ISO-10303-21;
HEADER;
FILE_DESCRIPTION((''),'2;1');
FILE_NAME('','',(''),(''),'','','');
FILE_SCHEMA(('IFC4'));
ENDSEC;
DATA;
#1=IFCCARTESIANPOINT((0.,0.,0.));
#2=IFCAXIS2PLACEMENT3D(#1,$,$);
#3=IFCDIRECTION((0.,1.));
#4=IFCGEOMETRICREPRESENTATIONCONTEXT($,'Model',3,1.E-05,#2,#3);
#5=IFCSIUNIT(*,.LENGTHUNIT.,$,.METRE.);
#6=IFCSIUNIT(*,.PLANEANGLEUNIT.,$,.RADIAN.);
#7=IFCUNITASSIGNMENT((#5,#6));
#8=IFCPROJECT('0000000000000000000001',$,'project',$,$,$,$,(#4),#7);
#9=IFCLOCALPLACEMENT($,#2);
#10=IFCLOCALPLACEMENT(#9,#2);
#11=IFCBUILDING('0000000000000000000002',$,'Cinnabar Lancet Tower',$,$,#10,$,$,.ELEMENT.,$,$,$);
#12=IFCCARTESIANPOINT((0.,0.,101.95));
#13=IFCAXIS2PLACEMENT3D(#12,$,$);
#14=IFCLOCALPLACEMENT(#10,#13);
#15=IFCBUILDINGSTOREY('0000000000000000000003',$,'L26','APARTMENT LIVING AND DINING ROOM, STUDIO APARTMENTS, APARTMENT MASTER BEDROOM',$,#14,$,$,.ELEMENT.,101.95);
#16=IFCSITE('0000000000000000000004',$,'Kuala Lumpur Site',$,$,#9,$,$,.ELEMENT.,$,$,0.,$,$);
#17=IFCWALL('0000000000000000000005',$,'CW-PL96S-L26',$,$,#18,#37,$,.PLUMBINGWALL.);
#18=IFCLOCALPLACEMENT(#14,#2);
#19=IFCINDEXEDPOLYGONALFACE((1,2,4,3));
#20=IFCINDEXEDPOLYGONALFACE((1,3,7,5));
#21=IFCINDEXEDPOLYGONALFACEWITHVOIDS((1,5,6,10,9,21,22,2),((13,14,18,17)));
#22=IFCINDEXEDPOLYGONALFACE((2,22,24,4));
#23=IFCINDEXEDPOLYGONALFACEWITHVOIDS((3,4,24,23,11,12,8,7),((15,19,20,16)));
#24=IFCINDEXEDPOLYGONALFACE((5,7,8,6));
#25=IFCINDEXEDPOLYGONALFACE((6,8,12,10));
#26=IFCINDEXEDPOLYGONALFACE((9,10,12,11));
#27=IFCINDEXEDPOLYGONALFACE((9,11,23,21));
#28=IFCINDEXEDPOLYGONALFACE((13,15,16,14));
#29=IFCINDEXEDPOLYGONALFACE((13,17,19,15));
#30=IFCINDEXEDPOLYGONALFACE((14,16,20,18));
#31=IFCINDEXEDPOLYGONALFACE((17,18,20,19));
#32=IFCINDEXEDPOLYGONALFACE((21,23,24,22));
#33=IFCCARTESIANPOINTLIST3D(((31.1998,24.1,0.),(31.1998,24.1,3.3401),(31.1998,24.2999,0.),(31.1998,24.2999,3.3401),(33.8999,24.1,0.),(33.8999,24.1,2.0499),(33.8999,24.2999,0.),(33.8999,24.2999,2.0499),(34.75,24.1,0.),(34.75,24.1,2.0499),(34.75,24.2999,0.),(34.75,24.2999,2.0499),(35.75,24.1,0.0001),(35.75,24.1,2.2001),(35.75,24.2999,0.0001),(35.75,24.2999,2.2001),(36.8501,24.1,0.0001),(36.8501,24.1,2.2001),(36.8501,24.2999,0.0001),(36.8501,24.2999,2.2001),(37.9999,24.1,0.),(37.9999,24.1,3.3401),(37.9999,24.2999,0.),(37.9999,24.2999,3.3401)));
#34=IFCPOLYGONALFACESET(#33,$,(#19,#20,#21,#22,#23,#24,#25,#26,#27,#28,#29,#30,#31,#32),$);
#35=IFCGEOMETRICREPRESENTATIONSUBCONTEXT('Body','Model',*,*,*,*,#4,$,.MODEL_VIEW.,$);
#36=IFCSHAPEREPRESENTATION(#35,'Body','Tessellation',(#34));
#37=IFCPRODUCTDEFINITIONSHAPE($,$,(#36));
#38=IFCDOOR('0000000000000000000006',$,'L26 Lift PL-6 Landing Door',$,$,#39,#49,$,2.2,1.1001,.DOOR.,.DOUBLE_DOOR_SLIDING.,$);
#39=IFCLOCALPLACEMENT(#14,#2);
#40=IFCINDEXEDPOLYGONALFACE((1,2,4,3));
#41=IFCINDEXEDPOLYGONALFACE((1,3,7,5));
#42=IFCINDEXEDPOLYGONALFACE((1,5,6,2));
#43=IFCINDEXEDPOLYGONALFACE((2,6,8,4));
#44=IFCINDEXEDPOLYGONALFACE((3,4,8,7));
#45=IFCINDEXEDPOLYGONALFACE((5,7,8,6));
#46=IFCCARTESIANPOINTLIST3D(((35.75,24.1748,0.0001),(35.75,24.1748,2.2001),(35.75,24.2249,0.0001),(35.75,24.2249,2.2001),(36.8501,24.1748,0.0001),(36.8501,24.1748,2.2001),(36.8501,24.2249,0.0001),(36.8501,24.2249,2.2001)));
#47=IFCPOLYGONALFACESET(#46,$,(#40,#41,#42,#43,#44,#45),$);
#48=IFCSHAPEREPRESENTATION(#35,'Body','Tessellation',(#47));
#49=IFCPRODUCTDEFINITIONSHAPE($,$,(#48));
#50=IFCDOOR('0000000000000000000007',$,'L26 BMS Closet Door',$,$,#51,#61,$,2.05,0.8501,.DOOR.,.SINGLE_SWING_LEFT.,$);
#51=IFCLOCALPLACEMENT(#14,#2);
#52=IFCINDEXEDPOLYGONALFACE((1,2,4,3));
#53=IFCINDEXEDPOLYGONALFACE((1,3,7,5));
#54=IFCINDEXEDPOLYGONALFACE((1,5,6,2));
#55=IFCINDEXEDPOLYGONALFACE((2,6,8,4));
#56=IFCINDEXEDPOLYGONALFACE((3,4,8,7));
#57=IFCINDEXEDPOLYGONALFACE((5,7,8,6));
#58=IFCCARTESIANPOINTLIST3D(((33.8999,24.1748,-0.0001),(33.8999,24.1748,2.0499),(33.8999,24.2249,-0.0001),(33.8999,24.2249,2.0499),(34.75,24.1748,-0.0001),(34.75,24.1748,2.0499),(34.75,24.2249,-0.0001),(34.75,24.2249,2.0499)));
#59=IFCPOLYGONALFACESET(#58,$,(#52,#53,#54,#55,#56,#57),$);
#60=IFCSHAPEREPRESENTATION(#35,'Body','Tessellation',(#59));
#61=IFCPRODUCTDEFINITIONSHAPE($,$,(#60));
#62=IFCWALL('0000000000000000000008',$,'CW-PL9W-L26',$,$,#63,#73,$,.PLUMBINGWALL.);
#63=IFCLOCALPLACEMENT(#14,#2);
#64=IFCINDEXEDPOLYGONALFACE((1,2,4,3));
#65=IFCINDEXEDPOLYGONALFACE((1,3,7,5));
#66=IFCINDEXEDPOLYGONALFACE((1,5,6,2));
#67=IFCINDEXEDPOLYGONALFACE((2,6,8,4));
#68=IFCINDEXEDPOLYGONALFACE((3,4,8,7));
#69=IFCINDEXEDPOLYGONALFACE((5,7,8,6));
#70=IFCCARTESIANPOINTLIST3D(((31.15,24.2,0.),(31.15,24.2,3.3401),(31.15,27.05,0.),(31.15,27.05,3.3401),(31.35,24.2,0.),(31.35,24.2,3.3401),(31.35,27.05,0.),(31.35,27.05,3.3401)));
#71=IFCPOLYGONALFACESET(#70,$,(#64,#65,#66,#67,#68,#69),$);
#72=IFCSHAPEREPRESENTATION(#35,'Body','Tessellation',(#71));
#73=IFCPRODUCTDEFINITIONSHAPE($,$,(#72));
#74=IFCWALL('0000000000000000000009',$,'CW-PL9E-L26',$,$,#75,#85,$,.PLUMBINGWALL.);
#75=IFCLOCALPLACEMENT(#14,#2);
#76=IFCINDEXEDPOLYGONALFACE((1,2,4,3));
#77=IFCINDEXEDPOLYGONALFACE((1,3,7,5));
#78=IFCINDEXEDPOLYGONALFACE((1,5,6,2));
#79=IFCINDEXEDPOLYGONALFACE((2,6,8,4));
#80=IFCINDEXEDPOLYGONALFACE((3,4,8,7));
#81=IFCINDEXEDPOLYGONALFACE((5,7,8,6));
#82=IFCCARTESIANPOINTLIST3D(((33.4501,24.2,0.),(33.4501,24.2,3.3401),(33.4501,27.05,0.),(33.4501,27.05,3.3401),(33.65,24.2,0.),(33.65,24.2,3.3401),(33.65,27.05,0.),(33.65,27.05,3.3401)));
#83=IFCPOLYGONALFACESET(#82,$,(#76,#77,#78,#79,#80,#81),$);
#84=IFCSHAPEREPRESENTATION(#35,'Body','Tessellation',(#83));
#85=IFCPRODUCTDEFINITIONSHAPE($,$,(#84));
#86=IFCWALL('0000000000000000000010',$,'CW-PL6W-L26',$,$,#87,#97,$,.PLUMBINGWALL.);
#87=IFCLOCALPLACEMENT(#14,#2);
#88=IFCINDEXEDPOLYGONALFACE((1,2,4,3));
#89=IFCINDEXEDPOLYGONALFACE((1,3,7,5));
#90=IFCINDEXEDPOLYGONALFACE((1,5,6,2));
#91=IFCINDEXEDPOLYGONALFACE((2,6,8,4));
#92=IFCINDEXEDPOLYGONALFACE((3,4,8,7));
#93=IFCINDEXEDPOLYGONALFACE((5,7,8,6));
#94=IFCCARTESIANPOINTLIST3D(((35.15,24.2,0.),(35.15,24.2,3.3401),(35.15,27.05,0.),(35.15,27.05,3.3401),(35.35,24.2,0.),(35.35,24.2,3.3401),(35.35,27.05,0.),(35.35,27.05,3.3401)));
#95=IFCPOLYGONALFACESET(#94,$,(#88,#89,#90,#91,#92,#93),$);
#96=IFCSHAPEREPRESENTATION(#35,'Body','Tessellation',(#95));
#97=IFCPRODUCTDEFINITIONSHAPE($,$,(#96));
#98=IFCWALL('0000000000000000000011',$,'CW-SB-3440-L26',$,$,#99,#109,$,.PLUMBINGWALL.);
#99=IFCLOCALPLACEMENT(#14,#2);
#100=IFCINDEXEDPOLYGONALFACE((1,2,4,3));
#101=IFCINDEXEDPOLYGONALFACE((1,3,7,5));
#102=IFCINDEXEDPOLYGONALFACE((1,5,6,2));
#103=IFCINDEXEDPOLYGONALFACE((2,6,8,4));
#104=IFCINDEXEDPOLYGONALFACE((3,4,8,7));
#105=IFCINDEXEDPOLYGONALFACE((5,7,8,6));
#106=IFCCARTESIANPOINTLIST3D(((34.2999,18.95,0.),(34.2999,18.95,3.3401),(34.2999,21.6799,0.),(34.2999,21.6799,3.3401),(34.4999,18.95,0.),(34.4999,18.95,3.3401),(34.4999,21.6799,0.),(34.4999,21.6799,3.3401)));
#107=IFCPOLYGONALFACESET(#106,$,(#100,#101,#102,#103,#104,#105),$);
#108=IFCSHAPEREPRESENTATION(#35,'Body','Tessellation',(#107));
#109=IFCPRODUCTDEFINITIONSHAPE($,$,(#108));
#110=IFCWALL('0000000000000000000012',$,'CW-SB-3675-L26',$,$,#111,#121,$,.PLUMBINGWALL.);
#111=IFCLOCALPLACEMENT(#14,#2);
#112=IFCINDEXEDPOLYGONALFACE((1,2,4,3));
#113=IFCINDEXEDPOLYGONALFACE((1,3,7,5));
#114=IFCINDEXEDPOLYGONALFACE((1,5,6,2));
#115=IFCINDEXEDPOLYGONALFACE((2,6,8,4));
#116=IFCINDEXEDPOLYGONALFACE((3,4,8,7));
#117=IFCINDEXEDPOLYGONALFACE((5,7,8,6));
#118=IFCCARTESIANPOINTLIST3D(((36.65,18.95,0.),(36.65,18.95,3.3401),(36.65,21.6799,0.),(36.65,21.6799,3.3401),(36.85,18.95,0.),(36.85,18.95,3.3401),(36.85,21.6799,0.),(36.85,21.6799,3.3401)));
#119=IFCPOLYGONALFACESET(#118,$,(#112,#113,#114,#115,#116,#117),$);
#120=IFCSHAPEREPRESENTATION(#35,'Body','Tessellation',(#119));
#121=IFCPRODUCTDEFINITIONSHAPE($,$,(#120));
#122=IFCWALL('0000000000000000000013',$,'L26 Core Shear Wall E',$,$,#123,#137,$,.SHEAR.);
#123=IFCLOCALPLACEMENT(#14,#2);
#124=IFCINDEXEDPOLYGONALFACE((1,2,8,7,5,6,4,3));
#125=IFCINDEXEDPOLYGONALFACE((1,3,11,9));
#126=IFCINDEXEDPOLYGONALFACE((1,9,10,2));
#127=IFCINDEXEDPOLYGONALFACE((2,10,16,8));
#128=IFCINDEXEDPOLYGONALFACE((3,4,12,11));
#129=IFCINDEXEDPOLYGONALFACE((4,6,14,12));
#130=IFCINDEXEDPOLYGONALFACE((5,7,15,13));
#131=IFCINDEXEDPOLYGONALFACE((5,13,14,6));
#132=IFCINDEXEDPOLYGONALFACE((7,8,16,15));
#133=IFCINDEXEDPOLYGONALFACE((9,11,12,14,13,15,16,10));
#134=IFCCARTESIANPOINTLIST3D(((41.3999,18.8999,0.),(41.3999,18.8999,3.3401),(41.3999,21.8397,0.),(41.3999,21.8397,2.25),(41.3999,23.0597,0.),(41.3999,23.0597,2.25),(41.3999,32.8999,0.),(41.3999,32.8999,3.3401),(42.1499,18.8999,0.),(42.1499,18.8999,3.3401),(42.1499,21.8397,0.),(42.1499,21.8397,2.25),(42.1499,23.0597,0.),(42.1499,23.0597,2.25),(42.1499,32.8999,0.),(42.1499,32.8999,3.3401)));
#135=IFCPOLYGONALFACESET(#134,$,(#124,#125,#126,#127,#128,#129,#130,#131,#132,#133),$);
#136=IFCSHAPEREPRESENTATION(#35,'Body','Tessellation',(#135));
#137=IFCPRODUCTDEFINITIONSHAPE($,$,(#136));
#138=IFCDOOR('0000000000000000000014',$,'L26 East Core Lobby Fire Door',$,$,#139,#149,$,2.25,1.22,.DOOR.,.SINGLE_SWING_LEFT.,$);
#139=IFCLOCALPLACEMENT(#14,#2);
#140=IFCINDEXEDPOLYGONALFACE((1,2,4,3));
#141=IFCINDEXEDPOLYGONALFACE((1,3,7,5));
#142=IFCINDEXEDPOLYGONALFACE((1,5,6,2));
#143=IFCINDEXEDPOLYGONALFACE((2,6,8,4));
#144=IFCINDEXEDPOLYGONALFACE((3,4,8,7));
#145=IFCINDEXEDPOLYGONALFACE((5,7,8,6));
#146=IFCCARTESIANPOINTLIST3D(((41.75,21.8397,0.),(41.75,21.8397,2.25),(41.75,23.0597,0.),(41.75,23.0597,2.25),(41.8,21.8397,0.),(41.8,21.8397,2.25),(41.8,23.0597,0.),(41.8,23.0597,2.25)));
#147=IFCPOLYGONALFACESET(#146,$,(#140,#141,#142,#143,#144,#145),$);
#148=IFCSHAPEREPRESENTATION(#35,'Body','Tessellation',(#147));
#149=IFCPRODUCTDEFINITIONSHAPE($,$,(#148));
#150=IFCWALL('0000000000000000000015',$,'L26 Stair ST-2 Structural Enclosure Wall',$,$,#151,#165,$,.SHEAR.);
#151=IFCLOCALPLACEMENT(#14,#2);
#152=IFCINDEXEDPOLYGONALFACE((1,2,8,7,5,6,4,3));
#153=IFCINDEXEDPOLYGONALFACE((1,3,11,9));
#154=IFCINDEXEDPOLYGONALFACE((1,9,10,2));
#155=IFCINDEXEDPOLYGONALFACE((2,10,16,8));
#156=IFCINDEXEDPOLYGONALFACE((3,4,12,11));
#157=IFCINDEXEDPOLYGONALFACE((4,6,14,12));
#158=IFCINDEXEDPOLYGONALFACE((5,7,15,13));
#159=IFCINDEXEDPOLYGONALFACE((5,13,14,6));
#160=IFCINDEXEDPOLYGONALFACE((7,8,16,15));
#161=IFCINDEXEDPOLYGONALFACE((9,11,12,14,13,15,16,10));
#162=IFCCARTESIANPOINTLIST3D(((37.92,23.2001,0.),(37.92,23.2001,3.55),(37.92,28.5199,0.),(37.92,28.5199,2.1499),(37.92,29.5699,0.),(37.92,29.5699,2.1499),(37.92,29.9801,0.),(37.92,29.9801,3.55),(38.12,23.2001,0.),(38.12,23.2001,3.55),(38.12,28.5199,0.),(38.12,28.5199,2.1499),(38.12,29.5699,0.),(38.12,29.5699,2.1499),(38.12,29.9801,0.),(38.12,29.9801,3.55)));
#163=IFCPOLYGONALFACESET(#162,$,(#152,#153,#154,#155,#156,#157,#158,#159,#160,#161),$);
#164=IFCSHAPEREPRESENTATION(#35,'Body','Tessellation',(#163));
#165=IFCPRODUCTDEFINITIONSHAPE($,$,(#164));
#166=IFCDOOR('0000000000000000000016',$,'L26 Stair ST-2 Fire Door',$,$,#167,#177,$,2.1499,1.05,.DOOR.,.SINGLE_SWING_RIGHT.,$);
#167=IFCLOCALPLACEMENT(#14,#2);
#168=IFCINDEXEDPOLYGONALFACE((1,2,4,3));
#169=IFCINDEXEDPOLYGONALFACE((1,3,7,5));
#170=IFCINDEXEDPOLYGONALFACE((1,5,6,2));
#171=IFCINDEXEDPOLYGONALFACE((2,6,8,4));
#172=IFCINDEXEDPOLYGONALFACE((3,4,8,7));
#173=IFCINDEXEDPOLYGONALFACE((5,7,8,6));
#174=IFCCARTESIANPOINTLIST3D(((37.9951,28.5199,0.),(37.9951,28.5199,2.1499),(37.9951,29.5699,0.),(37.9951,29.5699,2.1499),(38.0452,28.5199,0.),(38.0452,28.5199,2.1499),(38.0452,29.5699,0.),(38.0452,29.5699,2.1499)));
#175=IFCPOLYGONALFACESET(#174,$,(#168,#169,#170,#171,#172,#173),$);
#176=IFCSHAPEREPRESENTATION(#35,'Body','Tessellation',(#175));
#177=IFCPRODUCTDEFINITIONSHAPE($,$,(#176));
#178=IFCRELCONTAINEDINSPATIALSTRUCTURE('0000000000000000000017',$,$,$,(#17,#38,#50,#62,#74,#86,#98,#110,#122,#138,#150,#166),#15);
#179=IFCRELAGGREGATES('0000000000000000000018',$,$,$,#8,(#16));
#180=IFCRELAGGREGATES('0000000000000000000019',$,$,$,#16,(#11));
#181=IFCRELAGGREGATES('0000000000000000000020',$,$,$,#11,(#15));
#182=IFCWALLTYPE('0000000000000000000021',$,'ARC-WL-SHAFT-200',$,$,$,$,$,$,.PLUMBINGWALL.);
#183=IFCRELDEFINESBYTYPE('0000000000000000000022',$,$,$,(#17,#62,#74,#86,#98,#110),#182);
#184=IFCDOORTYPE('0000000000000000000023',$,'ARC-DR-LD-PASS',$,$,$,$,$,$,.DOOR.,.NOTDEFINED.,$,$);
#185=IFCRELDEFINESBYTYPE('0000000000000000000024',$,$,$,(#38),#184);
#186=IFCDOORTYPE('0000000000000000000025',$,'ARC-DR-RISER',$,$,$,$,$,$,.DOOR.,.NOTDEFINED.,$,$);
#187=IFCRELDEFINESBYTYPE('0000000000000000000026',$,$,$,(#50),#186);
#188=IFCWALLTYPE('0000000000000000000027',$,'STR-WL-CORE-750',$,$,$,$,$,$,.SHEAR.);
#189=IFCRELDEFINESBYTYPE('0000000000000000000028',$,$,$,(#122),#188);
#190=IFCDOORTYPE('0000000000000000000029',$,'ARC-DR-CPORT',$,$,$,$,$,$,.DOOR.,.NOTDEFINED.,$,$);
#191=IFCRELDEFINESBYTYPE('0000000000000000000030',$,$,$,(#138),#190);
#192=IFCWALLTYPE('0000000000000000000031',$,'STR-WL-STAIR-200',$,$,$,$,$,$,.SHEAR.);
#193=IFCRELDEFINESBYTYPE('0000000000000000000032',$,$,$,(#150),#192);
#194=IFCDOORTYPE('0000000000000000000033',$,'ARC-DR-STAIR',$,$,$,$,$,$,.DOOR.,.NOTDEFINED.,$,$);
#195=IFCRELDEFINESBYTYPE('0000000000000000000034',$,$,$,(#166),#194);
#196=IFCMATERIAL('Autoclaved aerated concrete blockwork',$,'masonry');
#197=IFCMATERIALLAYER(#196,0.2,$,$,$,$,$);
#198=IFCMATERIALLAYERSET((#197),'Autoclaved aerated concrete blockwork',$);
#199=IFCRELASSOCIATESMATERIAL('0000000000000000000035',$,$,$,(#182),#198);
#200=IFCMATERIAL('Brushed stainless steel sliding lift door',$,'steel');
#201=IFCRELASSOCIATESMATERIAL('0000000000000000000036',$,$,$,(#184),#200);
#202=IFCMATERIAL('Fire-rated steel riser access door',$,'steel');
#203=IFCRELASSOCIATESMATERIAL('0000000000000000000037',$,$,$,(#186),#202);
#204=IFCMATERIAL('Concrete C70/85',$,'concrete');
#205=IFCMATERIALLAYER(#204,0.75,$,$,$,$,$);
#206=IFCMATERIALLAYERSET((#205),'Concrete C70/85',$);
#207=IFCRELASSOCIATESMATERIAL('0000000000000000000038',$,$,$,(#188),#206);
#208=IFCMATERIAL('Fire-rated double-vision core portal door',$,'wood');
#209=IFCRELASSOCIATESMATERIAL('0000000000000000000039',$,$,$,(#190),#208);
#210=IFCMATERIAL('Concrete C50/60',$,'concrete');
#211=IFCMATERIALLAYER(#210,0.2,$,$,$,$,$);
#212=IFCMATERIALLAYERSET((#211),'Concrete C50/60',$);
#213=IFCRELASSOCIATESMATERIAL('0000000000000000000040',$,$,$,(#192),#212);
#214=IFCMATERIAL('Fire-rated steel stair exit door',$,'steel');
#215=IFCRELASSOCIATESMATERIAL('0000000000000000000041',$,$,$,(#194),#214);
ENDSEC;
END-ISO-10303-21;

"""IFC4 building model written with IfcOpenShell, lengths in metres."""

from ifc_helpers import new_model, si_unit, direction, frame, frame_2d, origin, place, context, subcontext, project, spatial, rectangle, extrude, material, layer, layer_set, type_object, element, fill, save


model = new_model("IFC4")

# Units and contexts
model_context = context("Model", 3, precision=1e-05, world=origin(), true_north=direction((0.0, 1.0)))
body_context = subcontext(model_context, "Body", "Model", "MODEL_VIEW")
ifc_project = project(units=[si_unit("LENGTHUNIT", "METRE"), si_unit("PLANEANGLEUNIT", "RADIAN")], contexts=[model_context])

# Site, building, storey
site_placement = place(None, origin())
site = spatial("IfcSite", under=ifc_project, at=site_placement, Name="Kuala Lumpur Site", CompositionType="ELEMENT", RefElevation=0.0)
building_placement = place(site_placement, origin())
building = spatial("IfcBuilding", under=site, at=building_placement, Name="Cinnabar Lancet Tower", CompositionType="ELEMENT")
storey_placement = place(building_placement, frame((0.0, 0.0, 101.95)))
storey = spatial("IfcBuildingStorey", under=building, at=storey_placement, Name="L26", Description="APARTMENT LIVING AND DINING ROOM, STUDIO APARTMENTS, APARTMENT MASTER BEDROOM", CompositionType="ELEMENT", Elevation=101.95)

# Shared definitions
ifc_material_1 = material(Name="Autoclaved aerated concrete blockwork", Category="masonry")
ifc_layer_1 = layer(ifc_material_1, 0.2)
ifc_layer_set_1 = layer_set([ifc_layer_1], Name="Autoclaved aerated concrete blockwork")
wall_type_1 = type_object("IfcWallType", Name="ARC-WL-SHAFT-200", PredefinedType="PLUMBINGWALL", material=ifc_layer_set_1)

# Wall, openings, doors
wall_1_placement = place(storey_placement, frame((31.2, 24.2, 0.0), z_axis=(0.0, 0.0, 1.0), x_axis=(1.0, 0.0, 0.0)))
wall_1 = element("IfcWall", 1, at=wall_1_placement, inside=storey, type_object=wall_type_1, Name="CW-PL96S-L26", PredefinedType="PLUMBINGWALL", context=body_context, shape_type="SweptSolid", body=[
    extrude(rectangle(XDim=6.8, YDim=0.2, at=frame_2d((3.3999, 0.0))), origin(), (0.0, 0.0, 1.0), 3.3401),
])
opening_1_placement = place(wall_1_placement, frame((2.7, 0.0, 0.0)))
opening_1 = element("IfcOpeningElement", 2, at=opening_1_placement, cuts=wall_1, PredefinedType="OPENING", context=body_context, shape_type="SweptSolid", body=[
    extrude(rectangle(XDim=0.8501, YDim=2.05, at=frame_2d((0.425, 1.0249))), frame((0.0, 0.1099, 0.0), z_axis=(0.0, -1.0, 0.0), x_axis=(1.0, 0.0, 0.0)), (0.0, 0.0, 1.0), 0.22),
])
opening_2_placement = place(wall_1_placement, frame((4.55, 0.0, 0.0)))
opening_2 = element("IfcOpeningElement", 3, at=opening_2_placement, cuts=wall_1, PredefinedType="OPENING", context=body_context, shape_type="SweptSolid", body=[
    extrude(rectangle(XDim=1.1001, YDim=2.2, at=frame_2d((0.55, 1.1001))), frame((0.0, 0.1099, 0.0), z_axis=(0.0, -1.0, 0.0), x_axis=(1.0, 0.0, 0.0)), (0.0, 0.0, 1.0), 0.22),
])
ifc_material_2 = material(Name="Brushed stainless steel sliding lift door", Category="steel")
door_type_1 = type_object("IfcDoorType", Name="ARC-DR-LD-PASS", OperationType="NOTDEFINED", PredefinedType="DOOR", material=ifc_material_2)
door_1_placement = place(opening_2_placement, origin())
door_1 = element("IfcDoor", 4, at=door_1_placement, inside=storey, type_object=door_type_1, Name="L26 Lift PL-6 Landing Door", OperationType="DOUBLE_DOOR_SLIDING", OverallHeight=2.2, OverallWidth=1.1001, PredefinedType="DOOR", context=body_context, shape_type="SweptSolid", body=[
    extrude(rectangle(XDim=1.1001, YDim=2.2, at=frame_2d((0.55, 1.1001))), frame((0.0, 0.0249, 0.0), z_axis=(0.0, -1.0, 0.0), x_axis=(1.0, 0.0, 0.0)), (0.0, 0.0, 1.0), 0.05),
])
fill(opening_2, door_1)
ifc_material_3 = material(Name="Fire-rated steel riser access door", Category="steel")
door_type_2 = type_object("IfcDoorType", Name="ARC-DR-RISER", OperationType="NOTDEFINED", PredefinedType="DOOR", material=ifc_material_3)
door_2_placement = place(opening_1_placement, origin())
door_2 = element("IfcDoor", 5, at=door_2_placement, inside=storey, type_object=door_type_2, Name="L26 BMS Closet Door", OperationType="SINGLE_SWING_LEFT", OverallHeight=2.05, OverallWidth=0.8501, PredefinedType="DOOR", context=body_context, shape_type="SweptSolid", body=[
    extrude(rectangle(XDim=0.8501, YDim=2.05, at=frame_2d((0.425, 1.0249))), frame((0.0, 0.0249, 0.0), z_axis=(0.0, -1.0, 0.0), x_axis=(1.0, 0.0, 0.0)), (0.0, 0.0, 1.0), 0.05),
])
fill(opening_1, door_2)

# Walls
for number, where, z_axis, x_axis, name in (
    (6, (31.25, 24.2, 0.0), (0.0, 0.0, 1.0), (0.0, 1.0, 0.0), "CW-PL9W-L26"),
    (7, (33.55, 24.2, 0.0), (0.0, 0.0, 1.0), (0.0, 1.0, 0.0), "CW-PL9E-L26"),
    (8, (35.25, 24.2, 0.0), (0.0, 0.0, 1.0), (0.0, 1.0, 0.0), "CW-PL6W-L26"),
):
    element("IfcWall", number, at=place(storey_placement, frame(where, z_axis=z_axis, x_axis=x_axis)), inside=storey, type_object=wall_type_1, Name=name, PredefinedType="PLUMBINGWALL", context=body_context, shape_type="SweptSolid", body=[
        extrude(rectangle(XDim=2.8501, YDim=0.2, at=frame_2d((1.425, 0.0))), origin(), (0.0, 0.0, 1.0), 3.3401),
    ])
for number, where, z_axis, x_axis, name in (
    (9, (34.3999, 18.95, 0.0), (0.0, 0.0, 1.0), (0.0, 1.0, 0.0), "CW-SB-3440-L26"),
    (10, (36.75, 18.95, 0.0), (0.0, 0.0, 1.0), (0.0, 1.0, 0.0), "CW-SB-3675-L26"),
):
    element("IfcWall", number, at=place(storey_placement, frame(where, z_axis=z_axis, x_axis=x_axis)), inside=storey, type_object=wall_type_1, Name=name, PredefinedType="PLUMBINGWALL", context=body_context, shape_type="SweptSolid", body=[
        extrude(rectangle(XDim=2.73, YDim=0.2, at=frame_2d((1.365, 0.0))), origin(), (0.0, 0.0, 1.0), 3.3401),
    ])

# Walls, openings, doors
ifc_material_4 = material(Name="Concrete C70/85", Category="concrete")
ifc_layer_2 = layer(ifc_material_4, 0.75)
ifc_layer_set_2 = layer_set([ifc_layer_2], Name="Concrete C70/85")
wall_type_2 = type_object("IfcWallType", Name="STR-WL-CORE-750", PredefinedType="SHEAR", material=ifc_layer_set_2)
wall_2_placement = place(storey_placement, frame((41.7749, 18.8999, 0.0), z_axis=(0.0, 0.0, 1.0), x_axis=(0.0, 1.0, 0.0)))
wall_2 = element("IfcWall", 11, at=wall_2_placement, inside=storey, type_object=wall_type_2, Name="L26 Core Shear Wall E", PredefinedType="SHEAR", context=body_context, shape_type="SweptSolid", body=[
    extrude(rectangle(XDim=14.0, YDim=0.75, at=frame_2d((7.0, 0.0))), origin(), (0.0, 0.0, 1.0), 3.3401),
])
opening_3_placement = place(wall_2_placement, frame((2.9399, 0.0, 0.0)))
opening_3 = element("IfcOpeningElement", 12, at=opening_3_placement, cuts=wall_2, PredefinedType="OPENING", context=body_context, shape_type="SweptSolid", body=[
    extrude(rectangle(XDim=1.22, YDim=2.25, at=frame_2d((0.6099, 1.125))), frame((0.0, 0.385, 0.0), z_axis=(0.0, -1.0, 0.0), x_axis=(1.0, 0.0, 0.0)), (0.0, 0.0, 1.0), 0.77),
])
ifc_material_5 = material(Name="Fire-rated double-vision core portal door", Category="wood")
door_type_3 = type_object("IfcDoorType", Name="ARC-DR-CPORT", OperationType="NOTDEFINED", PredefinedType="DOOR", material=ifc_material_5)
door_3_placement = place(opening_3_placement, origin())
door_3 = element("IfcDoor", 13, at=door_3_placement, inside=storey, type_object=door_type_3, Name="L26 East Core Lobby Fire Door", OperationType="SINGLE_SWING_LEFT", OverallHeight=2.25, OverallWidth=1.22, PredefinedType="DOOR", context=body_context, shape_type="SweptSolid", body=[
    extrude(rectangle(XDim=1.22, YDim=2.25, at=frame_2d((0.6099, 1.125))), frame((0.0, 0.0249, 0.0), z_axis=(0.0, -1.0, 0.0), x_axis=(1.0, 0.0, 0.0)), (0.0, 0.0, 1.0), 0.05),
])
fill(opening_3, door_3)
ifc_material_6 = material(Name="Concrete C50/60", Category="concrete")
ifc_layer_3 = layer(ifc_material_6, 0.2)
ifc_layer_set_3 = layer_set([ifc_layer_3], Name="Concrete C50/60")
wall_type_3 = type_object("IfcWallType", Name="STR-WL-STAIR-200", PredefinedType="SHEAR", material=ifc_layer_set_3)
wall_3_placement = place(storey_placement, frame((38.02, 23.2, 0.0), z_axis=(0.0, 0.0, 1.0), x_axis=(0.0, 1.0, 0.0)))
wall_3 = element("IfcWall", 14, at=wall_3_placement, inside=storey, type_object=wall_type_3, Name="L26 Stair ST-2 Structural Enclosure Wall", PredefinedType="SHEAR", context=body_context, shape_type="SweptSolid", body=[
    extrude(rectangle(XDim=6.78, YDim=0.2, at=frame_2d((3.3901, 0.0))), origin(), (0.0, 0.0, 1.0), 3.55),
])
opening_4_placement = place(wall_3_placement, frame((5.3201, 0.0, 0.0)))
opening_4 = element("IfcOpeningElement", 15, at=opening_4_placement, cuts=wall_3, PredefinedType="OPENING", context=body_context, shape_type="SweptSolid", body=[
    extrude(rectangle(XDim=1.05, YDim=2.1499, at=frame_2d((0.5249, 1.075))), frame((0.0, 0.1099, 0.0), z_axis=(0.0, -1.0, 0.0), x_axis=(1.0, 0.0, 0.0)), (0.0, 0.0, 1.0), 0.22),
])
ifc_material_7 = material(Name="Fire-rated steel stair exit door", Category="steel")
door_type_4 = type_object("IfcDoorType", Name="ARC-DR-STAIR", OperationType="NOTDEFINED", PredefinedType="DOOR", material=ifc_material_7)
door_4_placement = place(opening_4_placement, origin())
door_4 = element("IfcDoor", 16, at=door_4_placement, inside=storey, type_object=door_type_4, Name="L26 Stair ST-2 Fire Door", OperationType="SINGLE_SWING_RIGHT", OverallHeight=2.1499, OverallWidth=1.05, PredefinedType="DOOR", context=body_context, shape_type="SweptSolid", body=[
    extrude(rectangle(XDim=1.05, YDim=2.1499, at=frame_2d((0.5249, 1.075))), frame((0.0, 0.0249, 0.0), z_axis=(0.0, -1.0, 0.0), x_axis=(1.0, 0.0, 0.0)), (0.0, 0.0, 1.0), 0.05),
])
fill(opening_4, door_4)

save(model, "model.ifc")
